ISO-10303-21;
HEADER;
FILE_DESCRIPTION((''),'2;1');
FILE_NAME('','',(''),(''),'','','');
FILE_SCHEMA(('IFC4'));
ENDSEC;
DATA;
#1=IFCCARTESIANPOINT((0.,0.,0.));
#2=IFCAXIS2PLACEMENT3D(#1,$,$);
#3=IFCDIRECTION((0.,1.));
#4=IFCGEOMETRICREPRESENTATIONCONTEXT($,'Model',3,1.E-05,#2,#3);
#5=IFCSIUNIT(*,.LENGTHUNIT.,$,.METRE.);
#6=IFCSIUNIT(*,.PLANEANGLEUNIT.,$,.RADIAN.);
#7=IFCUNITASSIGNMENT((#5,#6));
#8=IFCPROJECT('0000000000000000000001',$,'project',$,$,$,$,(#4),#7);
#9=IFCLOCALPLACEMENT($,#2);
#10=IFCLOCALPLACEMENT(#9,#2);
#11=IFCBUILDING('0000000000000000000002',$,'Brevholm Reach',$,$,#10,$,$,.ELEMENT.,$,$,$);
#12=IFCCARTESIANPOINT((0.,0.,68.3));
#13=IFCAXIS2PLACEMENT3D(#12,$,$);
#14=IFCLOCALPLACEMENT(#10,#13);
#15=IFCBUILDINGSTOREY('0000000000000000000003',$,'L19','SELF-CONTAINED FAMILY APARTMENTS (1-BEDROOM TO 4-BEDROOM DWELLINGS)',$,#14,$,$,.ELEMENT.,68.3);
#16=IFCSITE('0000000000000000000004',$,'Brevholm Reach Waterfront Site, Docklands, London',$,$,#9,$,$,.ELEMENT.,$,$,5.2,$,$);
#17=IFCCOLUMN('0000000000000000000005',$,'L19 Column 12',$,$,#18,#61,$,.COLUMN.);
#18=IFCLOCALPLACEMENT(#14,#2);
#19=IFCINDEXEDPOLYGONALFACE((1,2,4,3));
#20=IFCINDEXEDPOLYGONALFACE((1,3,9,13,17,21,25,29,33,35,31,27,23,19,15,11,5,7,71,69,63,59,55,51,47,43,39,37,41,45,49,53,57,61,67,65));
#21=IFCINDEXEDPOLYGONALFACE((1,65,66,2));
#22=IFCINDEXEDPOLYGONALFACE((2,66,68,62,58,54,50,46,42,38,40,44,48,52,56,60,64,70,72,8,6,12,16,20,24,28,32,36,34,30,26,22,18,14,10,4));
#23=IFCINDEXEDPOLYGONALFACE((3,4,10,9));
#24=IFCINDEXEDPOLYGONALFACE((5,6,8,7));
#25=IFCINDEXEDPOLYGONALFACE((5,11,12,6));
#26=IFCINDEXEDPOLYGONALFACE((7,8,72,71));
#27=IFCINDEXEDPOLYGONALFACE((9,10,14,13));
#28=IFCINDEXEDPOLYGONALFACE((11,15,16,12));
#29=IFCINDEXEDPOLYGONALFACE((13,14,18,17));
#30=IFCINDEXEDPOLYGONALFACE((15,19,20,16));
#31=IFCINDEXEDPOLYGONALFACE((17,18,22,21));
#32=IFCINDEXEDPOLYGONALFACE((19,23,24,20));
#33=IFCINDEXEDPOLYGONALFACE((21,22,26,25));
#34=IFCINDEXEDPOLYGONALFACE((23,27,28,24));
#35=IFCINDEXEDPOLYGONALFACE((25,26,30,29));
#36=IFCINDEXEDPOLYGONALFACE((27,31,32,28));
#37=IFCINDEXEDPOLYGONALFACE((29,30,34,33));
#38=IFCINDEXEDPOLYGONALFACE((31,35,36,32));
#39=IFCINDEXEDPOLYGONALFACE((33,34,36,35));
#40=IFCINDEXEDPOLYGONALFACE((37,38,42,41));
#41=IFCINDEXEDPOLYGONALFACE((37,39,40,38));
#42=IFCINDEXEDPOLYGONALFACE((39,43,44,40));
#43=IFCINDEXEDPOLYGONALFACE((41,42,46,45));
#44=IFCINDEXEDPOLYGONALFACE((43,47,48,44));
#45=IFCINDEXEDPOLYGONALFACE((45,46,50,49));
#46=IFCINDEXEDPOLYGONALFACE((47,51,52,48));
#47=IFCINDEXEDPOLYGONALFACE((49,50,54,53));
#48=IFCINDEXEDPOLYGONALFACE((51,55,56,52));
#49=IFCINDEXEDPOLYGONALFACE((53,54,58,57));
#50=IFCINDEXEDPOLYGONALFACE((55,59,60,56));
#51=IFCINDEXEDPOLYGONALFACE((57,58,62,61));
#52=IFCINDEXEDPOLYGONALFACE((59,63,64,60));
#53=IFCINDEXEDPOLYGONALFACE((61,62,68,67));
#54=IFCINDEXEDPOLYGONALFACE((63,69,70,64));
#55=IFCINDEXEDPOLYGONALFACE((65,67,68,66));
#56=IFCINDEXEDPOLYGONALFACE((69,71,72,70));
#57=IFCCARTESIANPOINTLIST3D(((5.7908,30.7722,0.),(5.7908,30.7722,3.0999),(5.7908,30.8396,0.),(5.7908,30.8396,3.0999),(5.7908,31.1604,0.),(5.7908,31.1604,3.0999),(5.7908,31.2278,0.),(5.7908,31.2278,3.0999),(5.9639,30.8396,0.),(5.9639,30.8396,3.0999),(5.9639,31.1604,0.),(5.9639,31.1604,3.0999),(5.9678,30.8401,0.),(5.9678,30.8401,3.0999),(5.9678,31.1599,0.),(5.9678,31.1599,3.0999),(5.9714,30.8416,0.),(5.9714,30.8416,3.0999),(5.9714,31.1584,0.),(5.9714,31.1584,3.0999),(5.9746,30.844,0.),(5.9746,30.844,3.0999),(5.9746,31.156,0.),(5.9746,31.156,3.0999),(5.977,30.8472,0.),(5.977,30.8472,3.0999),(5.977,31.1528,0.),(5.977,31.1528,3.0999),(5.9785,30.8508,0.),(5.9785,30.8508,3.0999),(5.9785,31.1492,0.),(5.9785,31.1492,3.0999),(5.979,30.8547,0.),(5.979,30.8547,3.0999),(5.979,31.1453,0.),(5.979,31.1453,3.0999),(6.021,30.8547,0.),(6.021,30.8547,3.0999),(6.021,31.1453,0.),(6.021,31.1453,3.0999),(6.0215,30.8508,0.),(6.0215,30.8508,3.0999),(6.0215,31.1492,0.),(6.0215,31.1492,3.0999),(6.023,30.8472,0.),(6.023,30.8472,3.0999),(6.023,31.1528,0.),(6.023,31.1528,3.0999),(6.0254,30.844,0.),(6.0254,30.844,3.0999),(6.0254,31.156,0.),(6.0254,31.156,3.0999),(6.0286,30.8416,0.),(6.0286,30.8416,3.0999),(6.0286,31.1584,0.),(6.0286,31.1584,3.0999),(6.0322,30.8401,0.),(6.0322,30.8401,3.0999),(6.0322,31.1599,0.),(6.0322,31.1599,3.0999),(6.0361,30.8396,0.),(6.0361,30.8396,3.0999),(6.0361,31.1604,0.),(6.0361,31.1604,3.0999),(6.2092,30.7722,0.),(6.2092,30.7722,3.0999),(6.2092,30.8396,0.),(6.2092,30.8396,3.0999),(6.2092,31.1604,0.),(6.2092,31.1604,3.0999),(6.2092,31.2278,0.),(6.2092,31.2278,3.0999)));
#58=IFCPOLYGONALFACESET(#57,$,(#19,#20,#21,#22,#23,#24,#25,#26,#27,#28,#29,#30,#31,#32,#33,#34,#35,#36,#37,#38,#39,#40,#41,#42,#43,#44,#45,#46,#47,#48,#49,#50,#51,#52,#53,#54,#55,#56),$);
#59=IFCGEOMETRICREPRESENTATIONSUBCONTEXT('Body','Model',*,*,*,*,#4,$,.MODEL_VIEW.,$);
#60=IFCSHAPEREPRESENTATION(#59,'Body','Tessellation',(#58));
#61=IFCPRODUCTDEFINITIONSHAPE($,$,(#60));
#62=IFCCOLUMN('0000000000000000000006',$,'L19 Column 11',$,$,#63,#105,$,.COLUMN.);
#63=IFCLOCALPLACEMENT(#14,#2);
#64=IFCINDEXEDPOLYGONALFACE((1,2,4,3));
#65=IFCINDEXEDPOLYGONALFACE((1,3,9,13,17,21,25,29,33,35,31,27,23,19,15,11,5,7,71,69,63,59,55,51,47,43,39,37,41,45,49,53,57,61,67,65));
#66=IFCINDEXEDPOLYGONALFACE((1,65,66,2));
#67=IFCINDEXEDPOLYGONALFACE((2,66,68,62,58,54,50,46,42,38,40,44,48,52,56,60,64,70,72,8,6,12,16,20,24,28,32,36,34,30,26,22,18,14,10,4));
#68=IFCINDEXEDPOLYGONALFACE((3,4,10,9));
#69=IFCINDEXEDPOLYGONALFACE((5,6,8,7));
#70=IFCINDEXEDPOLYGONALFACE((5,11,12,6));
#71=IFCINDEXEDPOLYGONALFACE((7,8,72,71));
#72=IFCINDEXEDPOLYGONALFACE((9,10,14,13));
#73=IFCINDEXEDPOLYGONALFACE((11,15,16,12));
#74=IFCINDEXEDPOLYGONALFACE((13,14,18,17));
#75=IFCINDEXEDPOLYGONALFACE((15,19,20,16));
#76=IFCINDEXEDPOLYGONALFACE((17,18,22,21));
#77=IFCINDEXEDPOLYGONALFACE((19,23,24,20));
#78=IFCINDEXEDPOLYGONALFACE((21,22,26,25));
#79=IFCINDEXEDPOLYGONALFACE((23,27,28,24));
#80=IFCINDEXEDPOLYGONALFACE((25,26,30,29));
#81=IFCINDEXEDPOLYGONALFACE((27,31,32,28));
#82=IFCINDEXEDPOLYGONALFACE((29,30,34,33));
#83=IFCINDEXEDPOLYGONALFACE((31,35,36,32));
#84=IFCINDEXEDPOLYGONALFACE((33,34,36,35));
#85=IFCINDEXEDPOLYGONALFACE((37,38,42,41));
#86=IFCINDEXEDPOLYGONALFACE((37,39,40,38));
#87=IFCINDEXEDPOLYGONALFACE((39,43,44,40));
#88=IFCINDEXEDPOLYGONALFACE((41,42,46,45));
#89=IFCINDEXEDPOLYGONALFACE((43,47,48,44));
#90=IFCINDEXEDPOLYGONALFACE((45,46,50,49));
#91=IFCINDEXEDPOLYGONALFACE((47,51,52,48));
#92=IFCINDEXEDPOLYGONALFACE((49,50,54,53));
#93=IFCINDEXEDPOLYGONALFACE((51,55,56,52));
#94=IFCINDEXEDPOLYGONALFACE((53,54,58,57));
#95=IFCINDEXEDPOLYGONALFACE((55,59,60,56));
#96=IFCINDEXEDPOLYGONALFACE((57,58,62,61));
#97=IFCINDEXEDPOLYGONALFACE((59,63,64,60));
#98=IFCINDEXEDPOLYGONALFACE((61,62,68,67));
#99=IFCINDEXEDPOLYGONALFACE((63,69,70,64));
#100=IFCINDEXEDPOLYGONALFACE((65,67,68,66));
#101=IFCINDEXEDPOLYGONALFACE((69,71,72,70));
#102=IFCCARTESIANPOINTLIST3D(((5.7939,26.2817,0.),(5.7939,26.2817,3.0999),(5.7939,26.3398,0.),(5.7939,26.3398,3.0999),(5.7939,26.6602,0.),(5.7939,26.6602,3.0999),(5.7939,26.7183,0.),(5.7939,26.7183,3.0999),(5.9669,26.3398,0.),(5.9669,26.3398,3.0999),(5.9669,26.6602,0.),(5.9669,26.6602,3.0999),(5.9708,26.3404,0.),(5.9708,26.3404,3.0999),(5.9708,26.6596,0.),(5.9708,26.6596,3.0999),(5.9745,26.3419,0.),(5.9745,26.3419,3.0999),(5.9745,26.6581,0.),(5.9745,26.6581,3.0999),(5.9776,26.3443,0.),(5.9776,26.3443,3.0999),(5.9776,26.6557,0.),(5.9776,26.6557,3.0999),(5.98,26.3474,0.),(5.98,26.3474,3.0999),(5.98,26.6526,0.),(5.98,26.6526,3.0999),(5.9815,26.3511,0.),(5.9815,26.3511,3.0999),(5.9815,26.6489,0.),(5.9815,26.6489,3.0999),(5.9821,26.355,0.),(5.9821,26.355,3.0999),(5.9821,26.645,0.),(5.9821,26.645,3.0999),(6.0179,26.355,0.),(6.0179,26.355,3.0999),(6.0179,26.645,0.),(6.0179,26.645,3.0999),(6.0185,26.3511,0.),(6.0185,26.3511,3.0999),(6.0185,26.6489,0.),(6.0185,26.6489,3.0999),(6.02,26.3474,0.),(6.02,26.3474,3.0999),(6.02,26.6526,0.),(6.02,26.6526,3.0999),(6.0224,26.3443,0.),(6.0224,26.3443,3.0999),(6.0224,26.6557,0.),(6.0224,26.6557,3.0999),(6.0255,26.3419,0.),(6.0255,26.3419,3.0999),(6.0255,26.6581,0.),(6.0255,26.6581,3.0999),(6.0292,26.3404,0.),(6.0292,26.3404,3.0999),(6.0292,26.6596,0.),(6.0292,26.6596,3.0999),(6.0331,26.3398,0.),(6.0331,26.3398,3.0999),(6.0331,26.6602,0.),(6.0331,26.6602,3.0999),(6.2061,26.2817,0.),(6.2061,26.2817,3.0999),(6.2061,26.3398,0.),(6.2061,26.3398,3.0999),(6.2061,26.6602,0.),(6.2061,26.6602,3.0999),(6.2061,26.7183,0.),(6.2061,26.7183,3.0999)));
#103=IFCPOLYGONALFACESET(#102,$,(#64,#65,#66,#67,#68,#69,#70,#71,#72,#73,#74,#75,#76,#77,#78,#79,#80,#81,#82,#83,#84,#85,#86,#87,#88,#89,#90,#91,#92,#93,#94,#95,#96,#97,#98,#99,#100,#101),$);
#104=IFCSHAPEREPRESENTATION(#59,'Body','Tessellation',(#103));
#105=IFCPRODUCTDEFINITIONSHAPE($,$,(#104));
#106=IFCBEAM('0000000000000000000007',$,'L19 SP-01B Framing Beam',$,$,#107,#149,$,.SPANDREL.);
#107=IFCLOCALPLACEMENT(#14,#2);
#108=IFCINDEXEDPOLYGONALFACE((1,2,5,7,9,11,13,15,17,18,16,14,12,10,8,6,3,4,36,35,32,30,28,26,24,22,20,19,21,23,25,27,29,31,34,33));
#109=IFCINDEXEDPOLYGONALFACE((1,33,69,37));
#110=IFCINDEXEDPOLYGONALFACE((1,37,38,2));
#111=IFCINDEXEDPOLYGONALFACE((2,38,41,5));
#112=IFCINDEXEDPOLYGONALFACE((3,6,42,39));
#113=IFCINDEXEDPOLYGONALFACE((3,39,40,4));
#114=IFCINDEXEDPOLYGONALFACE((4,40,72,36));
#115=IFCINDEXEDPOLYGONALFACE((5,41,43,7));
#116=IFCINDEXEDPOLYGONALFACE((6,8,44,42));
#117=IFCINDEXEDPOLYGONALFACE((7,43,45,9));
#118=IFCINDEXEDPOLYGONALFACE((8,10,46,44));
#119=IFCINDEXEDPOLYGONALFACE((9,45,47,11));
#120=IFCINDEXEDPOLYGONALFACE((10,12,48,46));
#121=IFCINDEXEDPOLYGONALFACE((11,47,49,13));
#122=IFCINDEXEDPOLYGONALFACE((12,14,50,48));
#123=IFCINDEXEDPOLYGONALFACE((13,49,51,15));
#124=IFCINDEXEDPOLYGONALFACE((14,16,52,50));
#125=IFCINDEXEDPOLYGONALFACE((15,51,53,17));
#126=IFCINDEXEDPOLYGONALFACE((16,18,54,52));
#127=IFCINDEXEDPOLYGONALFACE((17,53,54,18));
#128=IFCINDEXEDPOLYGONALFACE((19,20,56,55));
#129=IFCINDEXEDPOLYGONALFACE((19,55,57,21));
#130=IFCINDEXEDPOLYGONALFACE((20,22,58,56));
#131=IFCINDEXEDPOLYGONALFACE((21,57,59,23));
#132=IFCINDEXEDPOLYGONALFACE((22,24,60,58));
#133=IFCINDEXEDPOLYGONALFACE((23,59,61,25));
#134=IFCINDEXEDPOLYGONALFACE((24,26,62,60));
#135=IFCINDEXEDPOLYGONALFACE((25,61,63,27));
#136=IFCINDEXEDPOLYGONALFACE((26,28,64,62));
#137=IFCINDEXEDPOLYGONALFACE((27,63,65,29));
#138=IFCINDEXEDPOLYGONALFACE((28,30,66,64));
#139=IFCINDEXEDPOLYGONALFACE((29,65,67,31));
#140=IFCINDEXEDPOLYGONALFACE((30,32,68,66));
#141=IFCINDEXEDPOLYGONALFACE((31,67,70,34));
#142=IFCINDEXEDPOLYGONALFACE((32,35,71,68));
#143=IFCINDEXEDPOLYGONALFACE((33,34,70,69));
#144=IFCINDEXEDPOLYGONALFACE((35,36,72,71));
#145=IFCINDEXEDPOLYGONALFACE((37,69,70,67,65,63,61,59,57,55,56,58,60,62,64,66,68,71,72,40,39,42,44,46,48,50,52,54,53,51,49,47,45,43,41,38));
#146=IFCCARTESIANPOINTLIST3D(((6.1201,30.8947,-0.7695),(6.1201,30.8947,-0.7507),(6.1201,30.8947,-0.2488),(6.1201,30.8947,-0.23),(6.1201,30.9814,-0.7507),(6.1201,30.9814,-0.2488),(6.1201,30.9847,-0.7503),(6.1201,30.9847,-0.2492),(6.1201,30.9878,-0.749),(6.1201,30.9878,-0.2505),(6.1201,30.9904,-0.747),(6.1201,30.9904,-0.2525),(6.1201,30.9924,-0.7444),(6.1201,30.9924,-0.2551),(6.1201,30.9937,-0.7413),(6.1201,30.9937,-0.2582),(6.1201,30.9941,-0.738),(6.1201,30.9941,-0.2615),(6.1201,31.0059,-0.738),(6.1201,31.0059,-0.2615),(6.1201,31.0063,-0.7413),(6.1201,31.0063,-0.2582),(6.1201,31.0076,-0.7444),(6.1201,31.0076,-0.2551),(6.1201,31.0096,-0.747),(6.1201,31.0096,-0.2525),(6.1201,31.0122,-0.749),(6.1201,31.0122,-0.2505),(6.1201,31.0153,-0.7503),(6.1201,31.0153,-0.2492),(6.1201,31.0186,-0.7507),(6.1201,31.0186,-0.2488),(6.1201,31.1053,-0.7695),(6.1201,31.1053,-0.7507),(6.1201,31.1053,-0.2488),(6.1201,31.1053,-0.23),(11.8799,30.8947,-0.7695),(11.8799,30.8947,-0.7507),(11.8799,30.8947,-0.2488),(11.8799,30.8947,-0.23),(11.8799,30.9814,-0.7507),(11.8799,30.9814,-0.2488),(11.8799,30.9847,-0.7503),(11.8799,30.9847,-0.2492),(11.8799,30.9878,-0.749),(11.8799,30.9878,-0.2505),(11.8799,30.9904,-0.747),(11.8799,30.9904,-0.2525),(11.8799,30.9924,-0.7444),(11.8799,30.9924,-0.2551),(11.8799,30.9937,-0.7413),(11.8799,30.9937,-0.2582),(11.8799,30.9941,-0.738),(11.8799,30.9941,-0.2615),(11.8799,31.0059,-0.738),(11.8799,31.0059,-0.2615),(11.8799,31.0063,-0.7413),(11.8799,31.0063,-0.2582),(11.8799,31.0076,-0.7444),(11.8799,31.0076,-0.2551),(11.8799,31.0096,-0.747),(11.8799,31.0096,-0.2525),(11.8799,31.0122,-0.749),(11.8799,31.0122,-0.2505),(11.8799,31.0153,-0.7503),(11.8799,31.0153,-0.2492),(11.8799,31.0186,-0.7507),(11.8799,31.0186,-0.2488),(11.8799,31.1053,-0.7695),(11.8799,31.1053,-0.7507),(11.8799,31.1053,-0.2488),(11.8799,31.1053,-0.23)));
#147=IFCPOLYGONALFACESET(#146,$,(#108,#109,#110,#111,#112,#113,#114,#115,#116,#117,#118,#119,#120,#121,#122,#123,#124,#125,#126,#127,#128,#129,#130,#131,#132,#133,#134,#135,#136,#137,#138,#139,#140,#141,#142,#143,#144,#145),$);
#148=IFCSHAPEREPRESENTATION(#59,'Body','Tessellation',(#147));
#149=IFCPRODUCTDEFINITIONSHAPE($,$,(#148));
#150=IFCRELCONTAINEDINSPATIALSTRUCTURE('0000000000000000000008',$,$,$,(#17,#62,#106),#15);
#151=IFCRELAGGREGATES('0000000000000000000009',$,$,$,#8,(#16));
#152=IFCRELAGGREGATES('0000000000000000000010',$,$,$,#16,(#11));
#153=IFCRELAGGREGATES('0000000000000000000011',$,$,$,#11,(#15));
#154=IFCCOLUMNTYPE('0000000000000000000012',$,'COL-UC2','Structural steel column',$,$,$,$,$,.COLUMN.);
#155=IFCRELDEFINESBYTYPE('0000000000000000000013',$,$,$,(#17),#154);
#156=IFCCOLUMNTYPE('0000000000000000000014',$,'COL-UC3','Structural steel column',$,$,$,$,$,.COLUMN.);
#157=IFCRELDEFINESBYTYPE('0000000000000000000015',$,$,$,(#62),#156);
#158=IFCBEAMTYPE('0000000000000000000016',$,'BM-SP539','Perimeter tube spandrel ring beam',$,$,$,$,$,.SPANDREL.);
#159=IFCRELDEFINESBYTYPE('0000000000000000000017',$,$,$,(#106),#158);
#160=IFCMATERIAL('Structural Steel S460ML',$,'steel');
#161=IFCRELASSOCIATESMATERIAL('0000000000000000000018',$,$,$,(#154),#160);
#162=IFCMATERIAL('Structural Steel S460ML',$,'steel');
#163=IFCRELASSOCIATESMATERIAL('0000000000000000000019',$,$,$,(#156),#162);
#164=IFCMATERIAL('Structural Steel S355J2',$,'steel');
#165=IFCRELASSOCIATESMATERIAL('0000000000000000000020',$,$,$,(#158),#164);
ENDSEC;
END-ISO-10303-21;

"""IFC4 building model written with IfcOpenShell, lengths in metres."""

from ifc_helpers import new_model, si_unit, direction, frame, origin, origin_2d, place, context, subcontext, project, spatial, i_section, extrude, material, material_profile, profile_set, type_object, element, save


model = new_model("IFC4")

# Units and contexts
model_context = context("Model", 3, precision=1e-05, world=origin(), true_north=direction((0.0, 1.0)))
body_context = subcontext(model_context, "Body", "Model", "MODEL_VIEW")
ifc_project = project(units=[si_unit("LENGTHUNIT", "METRE"), si_unit("PLANEANGLEUNIT", "RADIAN")], contexts=[model_context])

# Site, building, storey
site_placement = place(None, origin())
site = spatial("IfcSite", under=ifc_project, at=site_placement, Name="Brevholm Reach Waterfront Site, Docklands, London", CompositionType="ELEMENT", RefElevation=5.2)
building_placement = place(site_placement, origin())
building = spatial("IfcBuilding", under=site, at=building_placement, Name="Brevholm Reach", CompositionType="ELEMENT")
storey_placement = place(building_placement, frame((0.0, 0.0, 68.3)))
storey = spatial("IfcBuildingStorey", under=building, at=storey_placement, Name="L19", Description="SELF-CONTAINED FAMILY APARTMENTS (1-BEDROOM TO 4-BEDROOM DWELLINGS)", CompositionType="ELEMENT", Elevation=68.3)

# Columns
ifc_material_1 = material(Name="Structural Steel S460ML", Category="steel")
ifc_material_profile_1 = material_profile(ifc_material_1, i_section(OverallWidth=0.4185, OverallDepth=0.4556, WebThickness=0.042, FlangeThickness=0.0674, FilletRadius=0.0151, at=origin_2d()), Name="UKC 356x406x551")
ifc_profile_set_1 = profile_set([ifc_material_profile_1], Name="Structural Steel S460ML")
column_type_1 = type_object("IfcColumnType", Name="COL-UC2", Description="Structural steel column", PredefinedType="COLUMN", material=ifc_profile_set_1)
column_1_placement = place(storey_placement, frame((6.0, 31.0, 0.0), z_axis=(0.0, 0.0, 1.0), x_axis=(1.0, 0.0, 0.0)))
element("IfcColumn", 1, at=column_1_placement, inside=storey, type_object=column_type_1, Name="L19 Column 12", PredefinedType="COLUMN", context=body_context, shape_type="SweptSolid", body=[
    extrude(i_section(OverallWidth=0.4185, OverallDepth=0.4556, WebThickness=0.042, FlangeThickness=0.0674, FilletRadius=0.0151, at=origin_2d()), origin(), (0.0, 0.0, 1.0), 3.0999),
])
ifc_material_2 = material(Name="Structural Steel S460ML", Category="steel")
ifc_material_profile_2 = material_profile(ifc_material_2, i_section(OverallWidth=0.4121, OverallDepth=0.4365, WebThickness=0.0359, FlangeThickness=0.0581, FilletRadius=0.0151, at=origin_2d()), Name="UKC 356x406x467")
ifc_profile_set_2 = profile_set([ifc_material_profile_2], Name="Structural Steel S460ML")
column_type_2 = type_object("IfcColumnType", Name="COL-UC3", Description="Structural steel column", PredefinedType="COLUMN", material=ifc_profile_set_2)
column_2_placement = place(storey_placement, frame((6.0, 26.5, 0.0), z_axis=(0.0, 0.0, 1.0), x_axis=(1.0, 0.0, 0.0)))
element("IfcColumn", 2, at=column_2_placement, inside=storey, type_object=column_type_2, Name="L19 Column 11", PredefinedType="COLUMN", context=body_context, shape_type="SweptSolid", body=[
    extrude(i_section(OverallWidth=0.4121, OverallDepth=0.4365, WebThickness=0.0359, FlangeThickness=0.0581, FilletRadius=0.0151, at=origin_2d()), origin(), (0.0, 0.0, 1.0), 3.0999),
])

# Beam
ifc_material_3 = material(Name="Structural Steel S355J2", Category="steel")
ifc_material_profile_3 = material_profile(ifc_material_3, i_section(OverallWidth=0.2107, OverallDepth=0.5396, WebThickness=0.0117, FlangeThickness=0.0188, FilletRadius=0.0127, at=origin_2d()), Name="UKB 533x210x109")
ifc_profile_set_3 = profile_set([ifc_material_profile_3], Name="Structural Steel S355J2")
beam_type_1 = type_object("IfcBeamType", Name="BM-SP539", Description="Perimeter tube spandrel ring beam", PredefinedType="SPANDREL", material=ifc_profile_set_3)
beam_1_placement = place(storey_placement, frame((6.1201, 31.0, -0.4998), z_axis=(1.0, 0.0, 0.0), x_axis=(0.0, 1.0, 0.0)))
element("IfcBeam", 3, at=beam_1_placement, inside=storey, type_object=beam_type_1, Name="L19 SP-01B Framing Beam", PredefinedType="SPANDREL", context=body_context, shape_type="SweptSolid", body=[
    extrude(i_section(OverallWidth=0.2107, OverallDepth=0.5396, WebThickness=0.0117, FlangeThickness=0.0188, FilletRadius=0.0127, at=origin_2d()), origin(), (0.0, 0.0, 1.0), 5.7598),
])

save(model, "model.ifc")
